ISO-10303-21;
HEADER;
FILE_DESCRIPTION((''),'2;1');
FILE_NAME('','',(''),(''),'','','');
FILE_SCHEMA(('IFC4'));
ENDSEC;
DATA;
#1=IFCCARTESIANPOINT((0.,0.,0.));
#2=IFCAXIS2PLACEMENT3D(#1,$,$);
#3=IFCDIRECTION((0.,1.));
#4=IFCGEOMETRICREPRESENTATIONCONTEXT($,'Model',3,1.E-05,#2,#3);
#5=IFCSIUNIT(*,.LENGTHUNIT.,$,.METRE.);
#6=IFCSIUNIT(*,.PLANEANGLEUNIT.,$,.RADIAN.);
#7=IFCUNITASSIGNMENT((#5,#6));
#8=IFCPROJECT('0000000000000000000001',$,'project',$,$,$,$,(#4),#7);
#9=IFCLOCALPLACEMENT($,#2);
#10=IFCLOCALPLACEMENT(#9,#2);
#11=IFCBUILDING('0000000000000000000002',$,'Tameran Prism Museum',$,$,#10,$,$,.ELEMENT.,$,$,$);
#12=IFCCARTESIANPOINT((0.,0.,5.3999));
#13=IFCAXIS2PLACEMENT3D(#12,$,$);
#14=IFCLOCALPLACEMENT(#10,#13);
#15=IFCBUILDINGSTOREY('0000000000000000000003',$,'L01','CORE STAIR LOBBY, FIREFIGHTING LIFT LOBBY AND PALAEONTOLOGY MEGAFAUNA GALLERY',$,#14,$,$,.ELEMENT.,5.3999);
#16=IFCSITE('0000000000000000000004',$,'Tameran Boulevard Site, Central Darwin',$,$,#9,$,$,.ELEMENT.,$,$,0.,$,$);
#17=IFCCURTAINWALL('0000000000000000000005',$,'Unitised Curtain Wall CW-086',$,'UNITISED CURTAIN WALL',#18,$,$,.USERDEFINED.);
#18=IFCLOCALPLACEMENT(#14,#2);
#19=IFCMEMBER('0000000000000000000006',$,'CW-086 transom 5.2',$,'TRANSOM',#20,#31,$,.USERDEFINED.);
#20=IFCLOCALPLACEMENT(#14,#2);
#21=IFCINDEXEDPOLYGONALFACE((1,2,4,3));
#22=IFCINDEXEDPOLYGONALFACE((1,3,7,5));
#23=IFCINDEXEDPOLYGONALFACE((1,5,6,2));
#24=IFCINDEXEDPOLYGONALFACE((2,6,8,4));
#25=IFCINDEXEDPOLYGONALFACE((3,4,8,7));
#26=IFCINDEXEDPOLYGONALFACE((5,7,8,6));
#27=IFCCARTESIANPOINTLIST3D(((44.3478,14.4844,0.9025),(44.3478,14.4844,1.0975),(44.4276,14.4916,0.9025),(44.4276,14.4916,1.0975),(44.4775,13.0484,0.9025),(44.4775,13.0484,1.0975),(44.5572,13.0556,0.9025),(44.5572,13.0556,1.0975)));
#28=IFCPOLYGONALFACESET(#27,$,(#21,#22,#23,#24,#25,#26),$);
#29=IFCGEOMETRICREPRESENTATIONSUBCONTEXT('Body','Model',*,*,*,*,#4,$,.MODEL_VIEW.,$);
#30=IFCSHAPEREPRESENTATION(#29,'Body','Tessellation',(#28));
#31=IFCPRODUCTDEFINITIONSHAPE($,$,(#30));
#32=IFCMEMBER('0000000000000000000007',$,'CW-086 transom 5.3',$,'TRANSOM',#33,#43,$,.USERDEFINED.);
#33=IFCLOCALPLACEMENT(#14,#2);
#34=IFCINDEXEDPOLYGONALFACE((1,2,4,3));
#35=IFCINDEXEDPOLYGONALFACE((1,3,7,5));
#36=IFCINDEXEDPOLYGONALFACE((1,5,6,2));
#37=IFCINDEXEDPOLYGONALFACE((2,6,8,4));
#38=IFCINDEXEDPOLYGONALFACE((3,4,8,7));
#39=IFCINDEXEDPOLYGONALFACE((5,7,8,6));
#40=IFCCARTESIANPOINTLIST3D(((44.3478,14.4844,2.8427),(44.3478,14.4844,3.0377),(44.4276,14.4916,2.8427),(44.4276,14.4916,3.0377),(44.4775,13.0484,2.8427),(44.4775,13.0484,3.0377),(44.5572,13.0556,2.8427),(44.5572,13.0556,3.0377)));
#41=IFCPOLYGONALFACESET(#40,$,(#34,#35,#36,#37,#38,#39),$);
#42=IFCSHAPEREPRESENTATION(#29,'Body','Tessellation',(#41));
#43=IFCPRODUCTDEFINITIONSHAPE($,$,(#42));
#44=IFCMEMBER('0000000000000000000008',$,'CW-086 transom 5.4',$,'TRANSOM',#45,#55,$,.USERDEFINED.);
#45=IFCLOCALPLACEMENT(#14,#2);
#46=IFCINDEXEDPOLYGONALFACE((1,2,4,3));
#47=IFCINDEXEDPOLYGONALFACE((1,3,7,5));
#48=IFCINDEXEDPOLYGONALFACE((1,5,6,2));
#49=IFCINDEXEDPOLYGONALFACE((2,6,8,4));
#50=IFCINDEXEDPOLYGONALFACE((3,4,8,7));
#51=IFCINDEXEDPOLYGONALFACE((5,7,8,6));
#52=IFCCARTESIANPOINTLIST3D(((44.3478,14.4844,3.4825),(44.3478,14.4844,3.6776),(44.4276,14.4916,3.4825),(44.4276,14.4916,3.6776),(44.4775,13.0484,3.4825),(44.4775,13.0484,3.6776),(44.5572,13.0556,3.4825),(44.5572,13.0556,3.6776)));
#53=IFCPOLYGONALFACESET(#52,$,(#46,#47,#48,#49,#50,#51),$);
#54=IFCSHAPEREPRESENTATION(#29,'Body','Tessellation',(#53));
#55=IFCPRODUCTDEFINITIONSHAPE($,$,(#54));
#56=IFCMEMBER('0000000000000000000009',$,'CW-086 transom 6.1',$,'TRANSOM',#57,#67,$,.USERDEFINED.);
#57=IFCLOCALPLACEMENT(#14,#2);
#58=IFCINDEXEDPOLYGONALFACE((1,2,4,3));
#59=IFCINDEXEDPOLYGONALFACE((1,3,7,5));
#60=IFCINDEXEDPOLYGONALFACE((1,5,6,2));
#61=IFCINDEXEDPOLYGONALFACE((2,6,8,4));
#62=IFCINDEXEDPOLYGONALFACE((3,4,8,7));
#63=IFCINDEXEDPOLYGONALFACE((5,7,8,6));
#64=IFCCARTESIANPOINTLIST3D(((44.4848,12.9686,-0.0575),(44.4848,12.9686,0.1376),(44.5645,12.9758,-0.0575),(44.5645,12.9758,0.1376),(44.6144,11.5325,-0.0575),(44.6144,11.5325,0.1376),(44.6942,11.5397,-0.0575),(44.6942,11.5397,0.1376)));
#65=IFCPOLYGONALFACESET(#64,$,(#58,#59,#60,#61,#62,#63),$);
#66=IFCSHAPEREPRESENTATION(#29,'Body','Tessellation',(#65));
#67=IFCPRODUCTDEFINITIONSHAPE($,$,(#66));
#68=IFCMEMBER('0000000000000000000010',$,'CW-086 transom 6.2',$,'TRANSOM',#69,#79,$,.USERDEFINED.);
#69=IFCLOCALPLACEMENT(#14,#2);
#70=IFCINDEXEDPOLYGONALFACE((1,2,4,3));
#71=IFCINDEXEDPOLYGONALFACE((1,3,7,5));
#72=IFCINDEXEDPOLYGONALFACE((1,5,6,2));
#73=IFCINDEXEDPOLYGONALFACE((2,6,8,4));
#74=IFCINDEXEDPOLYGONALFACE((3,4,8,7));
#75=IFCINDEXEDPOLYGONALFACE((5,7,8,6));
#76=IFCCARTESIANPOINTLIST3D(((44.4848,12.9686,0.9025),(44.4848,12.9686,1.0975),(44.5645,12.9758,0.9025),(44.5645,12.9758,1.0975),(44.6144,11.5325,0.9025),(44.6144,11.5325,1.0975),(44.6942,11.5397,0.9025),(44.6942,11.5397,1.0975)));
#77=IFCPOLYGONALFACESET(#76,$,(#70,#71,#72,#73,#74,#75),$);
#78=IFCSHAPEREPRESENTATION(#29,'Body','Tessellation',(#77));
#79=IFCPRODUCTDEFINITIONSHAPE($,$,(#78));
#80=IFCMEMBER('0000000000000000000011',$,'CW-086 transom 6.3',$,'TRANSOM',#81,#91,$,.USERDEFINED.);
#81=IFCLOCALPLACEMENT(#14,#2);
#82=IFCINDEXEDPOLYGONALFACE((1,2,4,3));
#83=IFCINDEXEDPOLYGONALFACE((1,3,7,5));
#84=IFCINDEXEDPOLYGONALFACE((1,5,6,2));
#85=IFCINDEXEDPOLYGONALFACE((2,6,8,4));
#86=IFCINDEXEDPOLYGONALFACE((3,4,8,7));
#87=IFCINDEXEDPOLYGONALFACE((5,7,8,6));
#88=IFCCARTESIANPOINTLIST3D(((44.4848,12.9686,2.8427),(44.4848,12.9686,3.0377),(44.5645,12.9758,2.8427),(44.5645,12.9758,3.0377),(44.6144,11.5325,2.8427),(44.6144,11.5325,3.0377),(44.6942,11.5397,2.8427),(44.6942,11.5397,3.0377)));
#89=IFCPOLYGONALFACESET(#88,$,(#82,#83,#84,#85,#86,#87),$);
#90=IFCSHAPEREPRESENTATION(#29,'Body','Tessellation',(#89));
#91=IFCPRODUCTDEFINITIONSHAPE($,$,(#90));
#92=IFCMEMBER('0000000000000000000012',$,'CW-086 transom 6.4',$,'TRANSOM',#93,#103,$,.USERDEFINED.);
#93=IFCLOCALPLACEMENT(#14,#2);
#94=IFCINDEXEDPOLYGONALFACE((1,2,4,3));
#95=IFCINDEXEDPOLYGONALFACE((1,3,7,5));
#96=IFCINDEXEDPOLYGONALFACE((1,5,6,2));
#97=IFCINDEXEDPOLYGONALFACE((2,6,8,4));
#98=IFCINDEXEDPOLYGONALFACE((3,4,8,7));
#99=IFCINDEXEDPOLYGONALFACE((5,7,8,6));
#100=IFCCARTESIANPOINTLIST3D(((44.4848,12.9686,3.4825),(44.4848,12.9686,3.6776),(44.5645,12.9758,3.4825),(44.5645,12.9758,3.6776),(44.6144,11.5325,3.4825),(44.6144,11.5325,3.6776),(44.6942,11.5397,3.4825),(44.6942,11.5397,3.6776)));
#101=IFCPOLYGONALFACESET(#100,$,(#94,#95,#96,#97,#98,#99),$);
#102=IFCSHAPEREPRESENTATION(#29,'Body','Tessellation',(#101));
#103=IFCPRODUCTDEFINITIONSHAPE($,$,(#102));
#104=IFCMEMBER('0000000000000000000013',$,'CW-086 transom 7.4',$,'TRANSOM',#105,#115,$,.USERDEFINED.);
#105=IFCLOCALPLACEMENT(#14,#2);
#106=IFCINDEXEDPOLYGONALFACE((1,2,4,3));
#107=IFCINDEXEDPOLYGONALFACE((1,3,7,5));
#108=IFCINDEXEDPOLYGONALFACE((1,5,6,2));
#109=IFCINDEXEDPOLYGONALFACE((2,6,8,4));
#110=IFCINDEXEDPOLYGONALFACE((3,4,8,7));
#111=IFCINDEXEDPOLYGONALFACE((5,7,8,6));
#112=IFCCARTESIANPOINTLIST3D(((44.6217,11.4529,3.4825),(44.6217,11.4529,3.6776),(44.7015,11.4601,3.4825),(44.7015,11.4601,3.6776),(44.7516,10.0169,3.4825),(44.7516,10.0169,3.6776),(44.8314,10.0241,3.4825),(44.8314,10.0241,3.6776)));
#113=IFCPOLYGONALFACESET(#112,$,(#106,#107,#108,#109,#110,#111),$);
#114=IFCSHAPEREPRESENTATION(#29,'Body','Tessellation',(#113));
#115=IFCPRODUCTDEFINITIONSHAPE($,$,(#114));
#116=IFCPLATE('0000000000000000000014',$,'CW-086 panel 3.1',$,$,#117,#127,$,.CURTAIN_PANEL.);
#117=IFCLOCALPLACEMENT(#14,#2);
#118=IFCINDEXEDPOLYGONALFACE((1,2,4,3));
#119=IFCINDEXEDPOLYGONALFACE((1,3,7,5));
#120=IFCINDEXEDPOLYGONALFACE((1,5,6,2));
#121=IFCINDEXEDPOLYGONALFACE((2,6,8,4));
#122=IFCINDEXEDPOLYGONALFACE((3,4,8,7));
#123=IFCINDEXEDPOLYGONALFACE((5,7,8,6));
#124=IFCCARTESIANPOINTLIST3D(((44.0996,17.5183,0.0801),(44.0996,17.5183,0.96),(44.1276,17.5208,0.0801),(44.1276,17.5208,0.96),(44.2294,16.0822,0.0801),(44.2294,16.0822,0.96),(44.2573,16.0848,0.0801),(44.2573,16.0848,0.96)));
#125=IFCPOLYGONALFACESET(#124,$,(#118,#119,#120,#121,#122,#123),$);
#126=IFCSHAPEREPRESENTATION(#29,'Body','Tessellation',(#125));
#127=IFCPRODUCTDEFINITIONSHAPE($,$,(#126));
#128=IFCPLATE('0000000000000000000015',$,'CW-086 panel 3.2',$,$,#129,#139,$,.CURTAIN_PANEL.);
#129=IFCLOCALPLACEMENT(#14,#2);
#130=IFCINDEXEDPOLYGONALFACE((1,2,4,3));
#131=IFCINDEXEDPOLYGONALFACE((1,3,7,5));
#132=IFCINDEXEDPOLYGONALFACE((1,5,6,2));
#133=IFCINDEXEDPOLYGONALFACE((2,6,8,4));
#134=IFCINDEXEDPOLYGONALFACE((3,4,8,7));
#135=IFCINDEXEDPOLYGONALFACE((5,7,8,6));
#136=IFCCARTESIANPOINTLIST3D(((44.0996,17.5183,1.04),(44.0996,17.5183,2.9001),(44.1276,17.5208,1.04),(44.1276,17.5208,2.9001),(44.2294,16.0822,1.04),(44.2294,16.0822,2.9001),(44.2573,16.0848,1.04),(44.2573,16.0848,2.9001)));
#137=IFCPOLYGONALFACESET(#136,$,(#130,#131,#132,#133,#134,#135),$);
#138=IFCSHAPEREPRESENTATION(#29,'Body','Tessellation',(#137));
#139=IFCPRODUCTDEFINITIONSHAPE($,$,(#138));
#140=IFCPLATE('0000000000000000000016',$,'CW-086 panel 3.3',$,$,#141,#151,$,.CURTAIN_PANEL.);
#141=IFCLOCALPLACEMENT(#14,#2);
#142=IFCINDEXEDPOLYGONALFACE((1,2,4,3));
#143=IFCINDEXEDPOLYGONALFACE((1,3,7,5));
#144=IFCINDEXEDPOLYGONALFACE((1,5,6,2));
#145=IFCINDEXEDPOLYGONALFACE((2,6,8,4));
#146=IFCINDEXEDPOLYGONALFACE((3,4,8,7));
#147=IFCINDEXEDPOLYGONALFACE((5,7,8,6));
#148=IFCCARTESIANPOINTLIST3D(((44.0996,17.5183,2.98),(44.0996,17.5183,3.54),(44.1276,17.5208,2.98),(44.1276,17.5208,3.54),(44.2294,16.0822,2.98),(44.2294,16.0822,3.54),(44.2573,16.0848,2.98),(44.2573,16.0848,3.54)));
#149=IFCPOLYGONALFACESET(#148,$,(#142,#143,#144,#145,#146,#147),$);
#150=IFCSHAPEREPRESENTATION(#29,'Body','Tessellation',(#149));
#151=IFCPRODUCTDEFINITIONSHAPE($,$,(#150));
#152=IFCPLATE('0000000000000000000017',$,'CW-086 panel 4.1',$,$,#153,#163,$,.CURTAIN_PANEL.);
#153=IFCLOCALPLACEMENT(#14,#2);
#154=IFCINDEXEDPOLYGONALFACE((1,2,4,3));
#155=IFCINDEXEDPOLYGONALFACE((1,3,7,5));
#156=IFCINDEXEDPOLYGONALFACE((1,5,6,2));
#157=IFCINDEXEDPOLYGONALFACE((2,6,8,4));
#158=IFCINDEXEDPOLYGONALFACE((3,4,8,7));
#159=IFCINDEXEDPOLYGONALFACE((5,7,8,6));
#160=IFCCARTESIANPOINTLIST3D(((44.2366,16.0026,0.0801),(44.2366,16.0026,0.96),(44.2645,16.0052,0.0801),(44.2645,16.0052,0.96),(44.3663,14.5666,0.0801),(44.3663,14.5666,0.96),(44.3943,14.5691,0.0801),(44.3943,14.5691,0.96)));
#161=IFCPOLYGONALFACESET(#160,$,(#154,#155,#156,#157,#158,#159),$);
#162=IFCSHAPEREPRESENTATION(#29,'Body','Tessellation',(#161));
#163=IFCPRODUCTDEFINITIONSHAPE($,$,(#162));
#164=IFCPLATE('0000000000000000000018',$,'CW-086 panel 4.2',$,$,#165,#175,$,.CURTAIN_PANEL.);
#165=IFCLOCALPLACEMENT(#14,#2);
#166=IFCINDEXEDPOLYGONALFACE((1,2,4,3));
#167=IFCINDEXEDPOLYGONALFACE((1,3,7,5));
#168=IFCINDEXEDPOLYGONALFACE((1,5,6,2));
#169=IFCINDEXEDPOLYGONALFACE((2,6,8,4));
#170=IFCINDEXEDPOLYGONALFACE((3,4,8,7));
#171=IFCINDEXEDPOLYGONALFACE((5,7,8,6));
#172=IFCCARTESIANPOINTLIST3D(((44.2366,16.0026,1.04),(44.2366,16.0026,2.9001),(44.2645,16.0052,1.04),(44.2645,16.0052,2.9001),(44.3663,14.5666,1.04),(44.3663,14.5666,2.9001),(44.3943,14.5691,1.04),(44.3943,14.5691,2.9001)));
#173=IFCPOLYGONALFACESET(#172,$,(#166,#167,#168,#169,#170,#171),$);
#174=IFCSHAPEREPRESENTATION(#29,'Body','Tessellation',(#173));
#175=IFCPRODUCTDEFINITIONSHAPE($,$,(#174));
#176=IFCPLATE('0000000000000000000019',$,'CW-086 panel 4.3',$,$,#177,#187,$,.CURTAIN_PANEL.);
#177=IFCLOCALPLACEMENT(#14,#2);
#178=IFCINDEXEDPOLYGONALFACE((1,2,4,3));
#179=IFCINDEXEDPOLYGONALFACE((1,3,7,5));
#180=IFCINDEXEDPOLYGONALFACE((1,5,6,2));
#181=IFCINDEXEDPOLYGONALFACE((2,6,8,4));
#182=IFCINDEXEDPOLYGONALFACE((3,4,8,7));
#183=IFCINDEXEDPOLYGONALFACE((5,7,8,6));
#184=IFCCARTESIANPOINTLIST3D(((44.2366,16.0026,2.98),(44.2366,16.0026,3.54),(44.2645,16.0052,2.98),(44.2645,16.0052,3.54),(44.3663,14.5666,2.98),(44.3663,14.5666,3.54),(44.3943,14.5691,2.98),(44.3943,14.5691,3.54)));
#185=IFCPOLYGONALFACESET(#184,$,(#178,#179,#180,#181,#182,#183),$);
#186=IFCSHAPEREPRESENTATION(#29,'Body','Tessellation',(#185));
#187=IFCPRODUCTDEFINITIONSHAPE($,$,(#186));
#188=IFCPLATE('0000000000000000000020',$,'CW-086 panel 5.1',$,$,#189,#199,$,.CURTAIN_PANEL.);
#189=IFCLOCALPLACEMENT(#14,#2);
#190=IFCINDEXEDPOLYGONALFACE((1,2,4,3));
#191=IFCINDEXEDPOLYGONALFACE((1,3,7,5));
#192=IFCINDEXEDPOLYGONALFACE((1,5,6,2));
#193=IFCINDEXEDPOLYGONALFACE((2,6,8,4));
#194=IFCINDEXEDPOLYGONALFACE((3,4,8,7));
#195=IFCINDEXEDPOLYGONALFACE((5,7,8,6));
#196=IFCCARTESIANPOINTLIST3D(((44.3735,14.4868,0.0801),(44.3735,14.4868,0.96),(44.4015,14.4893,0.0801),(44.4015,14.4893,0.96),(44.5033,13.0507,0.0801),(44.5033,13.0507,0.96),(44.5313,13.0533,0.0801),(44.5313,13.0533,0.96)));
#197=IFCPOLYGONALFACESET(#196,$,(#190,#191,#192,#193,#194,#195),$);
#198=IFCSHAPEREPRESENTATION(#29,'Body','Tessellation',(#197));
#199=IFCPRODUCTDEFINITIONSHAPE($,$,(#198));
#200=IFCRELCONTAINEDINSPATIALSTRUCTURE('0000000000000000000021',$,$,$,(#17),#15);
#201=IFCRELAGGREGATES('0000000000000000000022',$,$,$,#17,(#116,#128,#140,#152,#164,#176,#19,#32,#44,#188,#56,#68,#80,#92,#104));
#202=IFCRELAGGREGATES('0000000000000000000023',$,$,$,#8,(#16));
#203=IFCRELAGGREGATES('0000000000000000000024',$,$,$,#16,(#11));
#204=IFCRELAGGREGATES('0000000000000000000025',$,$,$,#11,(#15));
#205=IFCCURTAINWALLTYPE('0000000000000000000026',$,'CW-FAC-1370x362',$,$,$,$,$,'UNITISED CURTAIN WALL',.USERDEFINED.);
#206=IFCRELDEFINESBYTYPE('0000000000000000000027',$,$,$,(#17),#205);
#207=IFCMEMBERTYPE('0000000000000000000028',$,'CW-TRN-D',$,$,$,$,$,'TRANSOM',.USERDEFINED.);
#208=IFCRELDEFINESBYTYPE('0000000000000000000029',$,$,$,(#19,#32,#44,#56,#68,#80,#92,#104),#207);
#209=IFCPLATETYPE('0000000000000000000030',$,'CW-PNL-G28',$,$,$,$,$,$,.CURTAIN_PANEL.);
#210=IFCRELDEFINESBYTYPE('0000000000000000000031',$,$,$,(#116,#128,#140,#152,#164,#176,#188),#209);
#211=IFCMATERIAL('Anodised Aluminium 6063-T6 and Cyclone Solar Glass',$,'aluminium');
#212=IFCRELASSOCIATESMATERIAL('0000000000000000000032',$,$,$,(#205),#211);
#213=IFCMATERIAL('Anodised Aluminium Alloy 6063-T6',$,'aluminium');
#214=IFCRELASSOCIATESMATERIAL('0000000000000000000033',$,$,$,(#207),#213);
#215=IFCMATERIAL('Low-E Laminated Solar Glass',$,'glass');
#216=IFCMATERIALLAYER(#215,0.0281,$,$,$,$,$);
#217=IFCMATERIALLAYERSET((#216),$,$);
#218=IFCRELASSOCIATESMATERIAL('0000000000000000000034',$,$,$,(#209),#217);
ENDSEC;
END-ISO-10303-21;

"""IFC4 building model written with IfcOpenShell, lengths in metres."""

from ifc_helpers import new_model, si_unit, direction, frame, origin, origin_2d, place, context, subcontext, project, spatial, rectangle, extrude, material, layer, layer_set, material_profile, profile_set, type_object, element, aggregate, save


model = new_model("IFC4")

# Units and contexts
model_context = context("Model", 3, precision=1e-05, world=origin(), true_north=direction((0.0, 1.0)))
body_context = subcontext(model_context, "Body", "Model", "MODEL_VIEW")
ifc_project = project(units=[si_unit("LENGTHUNIT", "METRE"), si_unit("PLANEANGLEUNIT", "RADIAN")], contexts=[model_context])

# Site, building, storey
site_placement = place(None, origin())
site = spatial("IfcSite", under=ifc_project, at=site_placement, Name="Tameran Boulevard Site, Central Darwin", CompositionType="ELEMENT", RefElevation=0.0)
building_placement = place(site_placement, origin())
building = spatial("IfcBuilding", under=site, at=building_placement, Name="Tameran Prism Museum", CompositionType="ELEMENT")
storey_placement = place(building_placement, frame((0.0, 0.0, 5.3999)))
storey = spatial("IfcBuildingStorey", under=building, at=storey_placement, Name="L01", Description="CORE STAIR LOBBY, FIREFIGHTING LIFT LOBBY AND PALAEONTOLOGY MEGAFAUNA GALLERY", CompositionType="ELEMENT", Elevation=5.3999)

# Curtain wall, members, plates
ifc_material_1 = material(Name="Anodised Aluminium 6063-T6 and Cyclone Solar Glass", Category="aluminium")
curtain_wall_type = type_object("IfcCurtainWallType", Name="CW-FAC-1370x362", ElementType="UNITISED CURTAIN WALL", PredefinedType="USERDEFINED", material=ifc_material_1)
curtain_wall_placement = place(storey_placement, origin())
curtain_wall = element("IfcCurtainWall", 1, at=curtain_wall_placement, inside=storey, type_object=curtain_wall_type, Name="Unitised Curtain Wall CW-086", ObjectType="UNITISED CURTAIN WALL", PredefinedType="USERDEFINED")
ifc_material_2 = material(Name="Anodised Aluminium Alloy 6063-T6", Category="aluminium")
ifc_material_profile_1 = material_profile(ifc_material_2, rectangle(XDim=0.0801, YDim=0.1951, at=origin_2d()))
ifc_profile_set_1 = profile_set([ifc_material_profile_1])
member_type_1 = type_object("IfcMemberType", Name="CW-TRN-D", ElementType="TRANSOM", PredefinedType="USERDEFINED", material=ifc_profile_set_1)
member_1_placement = place(storey_placement, frame((44.3877, 14.488, 1.0), z_axis=(0.08991, -0.99595, 0.0), x_axis=(0.99595, 0.08991, 0.0)))
member_1 = element("IfcMember", 2, at=member_1_placement, type_object=member_type_1, Name="CW-086 transom 5.2", ObjectType="TRANSOM", PredefinedType="USERDEFINED", context=body_context, shape_type="SweptSolid", body=[
    extrude(rectangle(XDim=0.0801, YDim=0.1951, at=origin_2d()), origin(), (0.0, 0.0, 1.0), 1.4419),
])
member_2_placement = place(storey_placement, frame((44.3877, 14.488, 2.9402), z_axis=(0.08991, -0.99595, 0.0), x_axis=(0.99595, 0.08991, 0.0)))
member_2 = element("IfcMember", 3, at=member_2_placement, type_object=member_type_1, Name="CW-086 transom 5.3", ObjectType="TRANSOM", PredefinedType="USERDEFINED", context=body_context, shape_type="SweptSolid", body=[
    extrude(rectangle(XDim=0.0801, YDim=0.1951, at=origin_2d()), origin(), (0.0, 0.0, 1.0), 1.4419),
])
member_3_placement = place(storey_placement, frame((44.3877, 14.488, 3.5801), z_axis=(0.08991, -0.99595, 0.0), x_axis=(0.99595, 0.08991, 0.0)))
member_3 = element("IfcMember", 4, at=member_3_placement, type_object=member_type_1, Name="CW-086 transom 5.4", ObjectType="TRANSOM", PredefinedType="USERDEFINED", context=body_context, shape_type="SweptSolid", body=[
    extrude(rectangle(XDim=0.0801, YDim=0.1951, at=origin_2d()), origin(), (0.0, 0.0, 1.0), 1.4419),
])
member_4_placement = place(storey_placement, frame((44.5247, 12.9722, 0.04), z_axis=(0.08991, -0.99595, 0.0), x_axis=(0.99595, 0.08991, 0.0)))
member_4 = element("IfcMember", 5, at=member_4_placement, type_object=member_type_1, Name="CW-086 transom 6.1", ObjectType="TRANSOM", PredefinedType="USERDEFINED", context=body_context, shape_type="SweptSolid", body=[
    extrude(rectangle(XDim=0.0801, YDim=0.1951, at=origin_2d()), origin(), (0.0, 0.0, 1.0), 1.4419),
])
member_5_placement = place(storey_placement, frame((44.5247, 12.9722, 1.0), z_axis=(0.08991, -0.99595, 0.0), x_axis=(0.99595, 0.08991, 0.0)))
member_5 = element("IfcMember", 6, at=member_5_placement, type_object=member_type_1, Name="CW-086 transom 6.2", ObjectType="TRANSOM", PredefinedType="USERDEFINED", context=body_context, shape_type="SweptSolid", body=[
    extrude(rectangle(XDim=0.0801, YDim=0.1951, at=origin_2d()), origin(), (0.0, 0.0, 1.0), 1.4419),
])
member_6_placement = place(storey_placement, frame((44.5247, 12.9722, 2.9402), z_axis=(0.08991, -0.99595, 0.0), x_axis=(0.99595, 0.08991, 0.0)))
member_6 = element("IfcMember", 7, at=member_6_placement, type_object=member_type_1, Name="CW-086 transom 6.3", ObjectType="TRANSOM", PredefinedType="USERDEFINED", context=body_context, shape_type="SweptSolid", body=[
    extrude(rectangle(XDim=0.0801, YDim=0.1951, at=origin_2d()), origin(), (0.0, 0.0, 1.0), 1.4419),
])
member_7_placement = place(storey_placement, frame((44.5247, 12.9722, 3.5801), z_axis=(0.08991, -0.99595, 0.0), x_axis=(0.99595, 0.08991, 0.0)))
member_7 = element("IfcMember", 8, at=member_7_placement, type_object=member_type_1, Name="CW-086 transom 6.4", ObjectType="TRANSOM", PredefinedType="USERDEFINED", context=body_context, shape_type="SweptSolid", body=[
    extrude(rectangle(XDim=0.0801, YDim=0.1951, at=origin_2d()), origin(), (0.0, 0.0, 1.0), 1.4419),
])
member_8_placement = place(storey_placement, frame((44.6616, 11.4565, 3.5801), z_axis=(0.090078, -0.995935, 0.0), x_axis=(0.995935, 0.090078, 0.0)))
member_8 = element("IfcMember", 9, at=member_8_placement, type_object=member_type_1, Name="CW-086 transom 7.4", ObjectType="TRANSOM", PredefinedType="USERDEFINED", context=body_context, shape_type="SweptSolid", body=[
    extrude(rectangle(XDim=0.0801, YDim=0.1951, at=origin_2d()), origin(), (0.0, 0.0, 1.0), 1.4419),
])
ifc_material_3 = material(Name="Low-E Laminated Solar Glass", Category="glass")
ifc_layer = layer(ifc_material_3, 0.0281)
ifc_layer_set = layer_set([ifc_layer])
plate_type = type_object("IfcPlateType", Name="CW-PNL-G28", PredefinedType="CURTAIN_PANEL", material=ifc_layer_set)
plate_1_placement = place(storey_placement, frame((44.1785, 16.8015, 0.0801), z_axis=(0.0, 0.0, 1.0), x_axis=(0.090016, -0.99594, 0.0)))
plate_1 = element("IfcPlate", 10, at=plate_1_placement, type_object=plate_type, Name="CW-086 panel 3.1", PredefinedType="CURTAIN_PANEL", context=body_context, shape_type="SweptSolid", body=[
    extrude(rectangle(XDim=1.4419, YDim=0.0281, at=origin_2d()), origin(), (0.0, 0.0, 1.0), 0.8799),
])
plate_2_placement = place(storey_placement, frame((44.1785, 16.8015, 1.04), z_axis=(0.0, 0.0, 1.0), x_axis=(0.090016, -0.99594, 0.0)))
plate_2 = element("IfcPlate", 11, at=plate_2_placement, type_object=plate_type, Name="CW-086 panel 3.2", PredefinedType="CURTAIN_PANEL", context=body_context, shape_type="SweptSolid", body=[
    extrude(rectangle(XDim=1.4419, YDim=0.0281, at=origin_2d()), origin(), (0.0, 0.0, 1.0), 1.8601),
])
plate_3_placement = place(storey_placement, frame((44.1785, 16.8015, 2.98), z_axis=(0.0, 0.0, 1.0), x_axis=(0.090016, -0.99594, 0.0)))
plate_3 = element("IfcPlate", 12, at=plate_3_placement, type_object=plate_type, Name="CW-086 panel 3.3", PredefinedType="CURTAIN_PANEL", context=body_context, shape_type="SweptSolid", body=[
    extrude(rectangle(XDim=1.4419, YDim=0.0281, at=origin_2d()), origin(), (0.0, 0.0, 1.0), 0.5601),
])
plate_4_placement = place(storey_placement, frame((44.3154, 15.2859, 0.0801), z_axis=(0.0, 0.0, 1.0), x_axis=(0.090016, -0.99594, 0.0)))
plate_4 = element("IfcPlate", 13, at=plate_4_placement, type_object=plate_type, Name="CW-086 panel 4.1", PredefinedType="CURTAIN_PANEL", context=body_context, shape_type="SweptSolid", body=[
    extrude(rectangle(XDim=1.4419, YDim=0.0281, at=origin_2d()), origin(), (0.0, 0.0, 1.0), 0.8799),
])
plate_5_placement = place(storey_placement, frame((44.3154, 15.2859, 1.04), z_axis=(0.0, 0.0, 1.0), x_axis=(0.090016, -0.99594, 0.0)))
plate_5 = element("IfcPlate", 14, at=plate_5_placement, type_object=plate_type, Name="CW-086 panel 4.2", PredefinedType="CURTAIN_PANEL", context=body_context, shape_type="SweptSolid", body=[
    extrude(rectangle(XDim=1.4419, YDim=0.0281, at=origin_2d()), origin(), (0.0, 0.0, 1.0), 1.8601),
])
plate_6_placement = place(storey_placement, frame((44.3154, 15.2859, 2.98), z_axis=(0.0, 0.0, 1.0), x_axis=(0.090016, -0.99594, 0.0)))
plate_6 = element("IfcPlate", 15, at=plate_6_placement, type_object=plate_type, Name="CW-086 panel 4.3", PredefinedType="CURTAIN_PANEL", context=body_context, shape_type="SweptSolid", body=[
    extrude(rectangle(XDim=1.4419, YDim=0.0281, at=origin_2d()), origin(), (0.0, 0.0, 1.0), 0.5601),
])
plate_7_placement = place(storey_placement, frame((44.4524, 13.77, 0.0801), z_axis=(0.0, 0.0, 1.0), x_axis=(0.090016, -0.99594, 0.0)))
plate_7 = element("IfcPlate", 16, at=plate_7_placement, type_object=plate_type, Name="CW-086 panel 5.1", PredefinedType="CURTAIN_PANEL", context=body_context, shape_type="SweptSolid", body=[
    extrude(rectangle(XDim=1.4419, YDim=0.0281, at=origin_2d()), origin(), (0.0, 0.0, 1.0), 0.8799),
])
aggregate(curtain_wall, [plate_1, plate_2, plate_3, plate_4, plate_5, plate_6, member_1, member_2, member_3, plate_7, member_4, member_5, member_6, member_7, member_8])

save(model, "model.ifc")
